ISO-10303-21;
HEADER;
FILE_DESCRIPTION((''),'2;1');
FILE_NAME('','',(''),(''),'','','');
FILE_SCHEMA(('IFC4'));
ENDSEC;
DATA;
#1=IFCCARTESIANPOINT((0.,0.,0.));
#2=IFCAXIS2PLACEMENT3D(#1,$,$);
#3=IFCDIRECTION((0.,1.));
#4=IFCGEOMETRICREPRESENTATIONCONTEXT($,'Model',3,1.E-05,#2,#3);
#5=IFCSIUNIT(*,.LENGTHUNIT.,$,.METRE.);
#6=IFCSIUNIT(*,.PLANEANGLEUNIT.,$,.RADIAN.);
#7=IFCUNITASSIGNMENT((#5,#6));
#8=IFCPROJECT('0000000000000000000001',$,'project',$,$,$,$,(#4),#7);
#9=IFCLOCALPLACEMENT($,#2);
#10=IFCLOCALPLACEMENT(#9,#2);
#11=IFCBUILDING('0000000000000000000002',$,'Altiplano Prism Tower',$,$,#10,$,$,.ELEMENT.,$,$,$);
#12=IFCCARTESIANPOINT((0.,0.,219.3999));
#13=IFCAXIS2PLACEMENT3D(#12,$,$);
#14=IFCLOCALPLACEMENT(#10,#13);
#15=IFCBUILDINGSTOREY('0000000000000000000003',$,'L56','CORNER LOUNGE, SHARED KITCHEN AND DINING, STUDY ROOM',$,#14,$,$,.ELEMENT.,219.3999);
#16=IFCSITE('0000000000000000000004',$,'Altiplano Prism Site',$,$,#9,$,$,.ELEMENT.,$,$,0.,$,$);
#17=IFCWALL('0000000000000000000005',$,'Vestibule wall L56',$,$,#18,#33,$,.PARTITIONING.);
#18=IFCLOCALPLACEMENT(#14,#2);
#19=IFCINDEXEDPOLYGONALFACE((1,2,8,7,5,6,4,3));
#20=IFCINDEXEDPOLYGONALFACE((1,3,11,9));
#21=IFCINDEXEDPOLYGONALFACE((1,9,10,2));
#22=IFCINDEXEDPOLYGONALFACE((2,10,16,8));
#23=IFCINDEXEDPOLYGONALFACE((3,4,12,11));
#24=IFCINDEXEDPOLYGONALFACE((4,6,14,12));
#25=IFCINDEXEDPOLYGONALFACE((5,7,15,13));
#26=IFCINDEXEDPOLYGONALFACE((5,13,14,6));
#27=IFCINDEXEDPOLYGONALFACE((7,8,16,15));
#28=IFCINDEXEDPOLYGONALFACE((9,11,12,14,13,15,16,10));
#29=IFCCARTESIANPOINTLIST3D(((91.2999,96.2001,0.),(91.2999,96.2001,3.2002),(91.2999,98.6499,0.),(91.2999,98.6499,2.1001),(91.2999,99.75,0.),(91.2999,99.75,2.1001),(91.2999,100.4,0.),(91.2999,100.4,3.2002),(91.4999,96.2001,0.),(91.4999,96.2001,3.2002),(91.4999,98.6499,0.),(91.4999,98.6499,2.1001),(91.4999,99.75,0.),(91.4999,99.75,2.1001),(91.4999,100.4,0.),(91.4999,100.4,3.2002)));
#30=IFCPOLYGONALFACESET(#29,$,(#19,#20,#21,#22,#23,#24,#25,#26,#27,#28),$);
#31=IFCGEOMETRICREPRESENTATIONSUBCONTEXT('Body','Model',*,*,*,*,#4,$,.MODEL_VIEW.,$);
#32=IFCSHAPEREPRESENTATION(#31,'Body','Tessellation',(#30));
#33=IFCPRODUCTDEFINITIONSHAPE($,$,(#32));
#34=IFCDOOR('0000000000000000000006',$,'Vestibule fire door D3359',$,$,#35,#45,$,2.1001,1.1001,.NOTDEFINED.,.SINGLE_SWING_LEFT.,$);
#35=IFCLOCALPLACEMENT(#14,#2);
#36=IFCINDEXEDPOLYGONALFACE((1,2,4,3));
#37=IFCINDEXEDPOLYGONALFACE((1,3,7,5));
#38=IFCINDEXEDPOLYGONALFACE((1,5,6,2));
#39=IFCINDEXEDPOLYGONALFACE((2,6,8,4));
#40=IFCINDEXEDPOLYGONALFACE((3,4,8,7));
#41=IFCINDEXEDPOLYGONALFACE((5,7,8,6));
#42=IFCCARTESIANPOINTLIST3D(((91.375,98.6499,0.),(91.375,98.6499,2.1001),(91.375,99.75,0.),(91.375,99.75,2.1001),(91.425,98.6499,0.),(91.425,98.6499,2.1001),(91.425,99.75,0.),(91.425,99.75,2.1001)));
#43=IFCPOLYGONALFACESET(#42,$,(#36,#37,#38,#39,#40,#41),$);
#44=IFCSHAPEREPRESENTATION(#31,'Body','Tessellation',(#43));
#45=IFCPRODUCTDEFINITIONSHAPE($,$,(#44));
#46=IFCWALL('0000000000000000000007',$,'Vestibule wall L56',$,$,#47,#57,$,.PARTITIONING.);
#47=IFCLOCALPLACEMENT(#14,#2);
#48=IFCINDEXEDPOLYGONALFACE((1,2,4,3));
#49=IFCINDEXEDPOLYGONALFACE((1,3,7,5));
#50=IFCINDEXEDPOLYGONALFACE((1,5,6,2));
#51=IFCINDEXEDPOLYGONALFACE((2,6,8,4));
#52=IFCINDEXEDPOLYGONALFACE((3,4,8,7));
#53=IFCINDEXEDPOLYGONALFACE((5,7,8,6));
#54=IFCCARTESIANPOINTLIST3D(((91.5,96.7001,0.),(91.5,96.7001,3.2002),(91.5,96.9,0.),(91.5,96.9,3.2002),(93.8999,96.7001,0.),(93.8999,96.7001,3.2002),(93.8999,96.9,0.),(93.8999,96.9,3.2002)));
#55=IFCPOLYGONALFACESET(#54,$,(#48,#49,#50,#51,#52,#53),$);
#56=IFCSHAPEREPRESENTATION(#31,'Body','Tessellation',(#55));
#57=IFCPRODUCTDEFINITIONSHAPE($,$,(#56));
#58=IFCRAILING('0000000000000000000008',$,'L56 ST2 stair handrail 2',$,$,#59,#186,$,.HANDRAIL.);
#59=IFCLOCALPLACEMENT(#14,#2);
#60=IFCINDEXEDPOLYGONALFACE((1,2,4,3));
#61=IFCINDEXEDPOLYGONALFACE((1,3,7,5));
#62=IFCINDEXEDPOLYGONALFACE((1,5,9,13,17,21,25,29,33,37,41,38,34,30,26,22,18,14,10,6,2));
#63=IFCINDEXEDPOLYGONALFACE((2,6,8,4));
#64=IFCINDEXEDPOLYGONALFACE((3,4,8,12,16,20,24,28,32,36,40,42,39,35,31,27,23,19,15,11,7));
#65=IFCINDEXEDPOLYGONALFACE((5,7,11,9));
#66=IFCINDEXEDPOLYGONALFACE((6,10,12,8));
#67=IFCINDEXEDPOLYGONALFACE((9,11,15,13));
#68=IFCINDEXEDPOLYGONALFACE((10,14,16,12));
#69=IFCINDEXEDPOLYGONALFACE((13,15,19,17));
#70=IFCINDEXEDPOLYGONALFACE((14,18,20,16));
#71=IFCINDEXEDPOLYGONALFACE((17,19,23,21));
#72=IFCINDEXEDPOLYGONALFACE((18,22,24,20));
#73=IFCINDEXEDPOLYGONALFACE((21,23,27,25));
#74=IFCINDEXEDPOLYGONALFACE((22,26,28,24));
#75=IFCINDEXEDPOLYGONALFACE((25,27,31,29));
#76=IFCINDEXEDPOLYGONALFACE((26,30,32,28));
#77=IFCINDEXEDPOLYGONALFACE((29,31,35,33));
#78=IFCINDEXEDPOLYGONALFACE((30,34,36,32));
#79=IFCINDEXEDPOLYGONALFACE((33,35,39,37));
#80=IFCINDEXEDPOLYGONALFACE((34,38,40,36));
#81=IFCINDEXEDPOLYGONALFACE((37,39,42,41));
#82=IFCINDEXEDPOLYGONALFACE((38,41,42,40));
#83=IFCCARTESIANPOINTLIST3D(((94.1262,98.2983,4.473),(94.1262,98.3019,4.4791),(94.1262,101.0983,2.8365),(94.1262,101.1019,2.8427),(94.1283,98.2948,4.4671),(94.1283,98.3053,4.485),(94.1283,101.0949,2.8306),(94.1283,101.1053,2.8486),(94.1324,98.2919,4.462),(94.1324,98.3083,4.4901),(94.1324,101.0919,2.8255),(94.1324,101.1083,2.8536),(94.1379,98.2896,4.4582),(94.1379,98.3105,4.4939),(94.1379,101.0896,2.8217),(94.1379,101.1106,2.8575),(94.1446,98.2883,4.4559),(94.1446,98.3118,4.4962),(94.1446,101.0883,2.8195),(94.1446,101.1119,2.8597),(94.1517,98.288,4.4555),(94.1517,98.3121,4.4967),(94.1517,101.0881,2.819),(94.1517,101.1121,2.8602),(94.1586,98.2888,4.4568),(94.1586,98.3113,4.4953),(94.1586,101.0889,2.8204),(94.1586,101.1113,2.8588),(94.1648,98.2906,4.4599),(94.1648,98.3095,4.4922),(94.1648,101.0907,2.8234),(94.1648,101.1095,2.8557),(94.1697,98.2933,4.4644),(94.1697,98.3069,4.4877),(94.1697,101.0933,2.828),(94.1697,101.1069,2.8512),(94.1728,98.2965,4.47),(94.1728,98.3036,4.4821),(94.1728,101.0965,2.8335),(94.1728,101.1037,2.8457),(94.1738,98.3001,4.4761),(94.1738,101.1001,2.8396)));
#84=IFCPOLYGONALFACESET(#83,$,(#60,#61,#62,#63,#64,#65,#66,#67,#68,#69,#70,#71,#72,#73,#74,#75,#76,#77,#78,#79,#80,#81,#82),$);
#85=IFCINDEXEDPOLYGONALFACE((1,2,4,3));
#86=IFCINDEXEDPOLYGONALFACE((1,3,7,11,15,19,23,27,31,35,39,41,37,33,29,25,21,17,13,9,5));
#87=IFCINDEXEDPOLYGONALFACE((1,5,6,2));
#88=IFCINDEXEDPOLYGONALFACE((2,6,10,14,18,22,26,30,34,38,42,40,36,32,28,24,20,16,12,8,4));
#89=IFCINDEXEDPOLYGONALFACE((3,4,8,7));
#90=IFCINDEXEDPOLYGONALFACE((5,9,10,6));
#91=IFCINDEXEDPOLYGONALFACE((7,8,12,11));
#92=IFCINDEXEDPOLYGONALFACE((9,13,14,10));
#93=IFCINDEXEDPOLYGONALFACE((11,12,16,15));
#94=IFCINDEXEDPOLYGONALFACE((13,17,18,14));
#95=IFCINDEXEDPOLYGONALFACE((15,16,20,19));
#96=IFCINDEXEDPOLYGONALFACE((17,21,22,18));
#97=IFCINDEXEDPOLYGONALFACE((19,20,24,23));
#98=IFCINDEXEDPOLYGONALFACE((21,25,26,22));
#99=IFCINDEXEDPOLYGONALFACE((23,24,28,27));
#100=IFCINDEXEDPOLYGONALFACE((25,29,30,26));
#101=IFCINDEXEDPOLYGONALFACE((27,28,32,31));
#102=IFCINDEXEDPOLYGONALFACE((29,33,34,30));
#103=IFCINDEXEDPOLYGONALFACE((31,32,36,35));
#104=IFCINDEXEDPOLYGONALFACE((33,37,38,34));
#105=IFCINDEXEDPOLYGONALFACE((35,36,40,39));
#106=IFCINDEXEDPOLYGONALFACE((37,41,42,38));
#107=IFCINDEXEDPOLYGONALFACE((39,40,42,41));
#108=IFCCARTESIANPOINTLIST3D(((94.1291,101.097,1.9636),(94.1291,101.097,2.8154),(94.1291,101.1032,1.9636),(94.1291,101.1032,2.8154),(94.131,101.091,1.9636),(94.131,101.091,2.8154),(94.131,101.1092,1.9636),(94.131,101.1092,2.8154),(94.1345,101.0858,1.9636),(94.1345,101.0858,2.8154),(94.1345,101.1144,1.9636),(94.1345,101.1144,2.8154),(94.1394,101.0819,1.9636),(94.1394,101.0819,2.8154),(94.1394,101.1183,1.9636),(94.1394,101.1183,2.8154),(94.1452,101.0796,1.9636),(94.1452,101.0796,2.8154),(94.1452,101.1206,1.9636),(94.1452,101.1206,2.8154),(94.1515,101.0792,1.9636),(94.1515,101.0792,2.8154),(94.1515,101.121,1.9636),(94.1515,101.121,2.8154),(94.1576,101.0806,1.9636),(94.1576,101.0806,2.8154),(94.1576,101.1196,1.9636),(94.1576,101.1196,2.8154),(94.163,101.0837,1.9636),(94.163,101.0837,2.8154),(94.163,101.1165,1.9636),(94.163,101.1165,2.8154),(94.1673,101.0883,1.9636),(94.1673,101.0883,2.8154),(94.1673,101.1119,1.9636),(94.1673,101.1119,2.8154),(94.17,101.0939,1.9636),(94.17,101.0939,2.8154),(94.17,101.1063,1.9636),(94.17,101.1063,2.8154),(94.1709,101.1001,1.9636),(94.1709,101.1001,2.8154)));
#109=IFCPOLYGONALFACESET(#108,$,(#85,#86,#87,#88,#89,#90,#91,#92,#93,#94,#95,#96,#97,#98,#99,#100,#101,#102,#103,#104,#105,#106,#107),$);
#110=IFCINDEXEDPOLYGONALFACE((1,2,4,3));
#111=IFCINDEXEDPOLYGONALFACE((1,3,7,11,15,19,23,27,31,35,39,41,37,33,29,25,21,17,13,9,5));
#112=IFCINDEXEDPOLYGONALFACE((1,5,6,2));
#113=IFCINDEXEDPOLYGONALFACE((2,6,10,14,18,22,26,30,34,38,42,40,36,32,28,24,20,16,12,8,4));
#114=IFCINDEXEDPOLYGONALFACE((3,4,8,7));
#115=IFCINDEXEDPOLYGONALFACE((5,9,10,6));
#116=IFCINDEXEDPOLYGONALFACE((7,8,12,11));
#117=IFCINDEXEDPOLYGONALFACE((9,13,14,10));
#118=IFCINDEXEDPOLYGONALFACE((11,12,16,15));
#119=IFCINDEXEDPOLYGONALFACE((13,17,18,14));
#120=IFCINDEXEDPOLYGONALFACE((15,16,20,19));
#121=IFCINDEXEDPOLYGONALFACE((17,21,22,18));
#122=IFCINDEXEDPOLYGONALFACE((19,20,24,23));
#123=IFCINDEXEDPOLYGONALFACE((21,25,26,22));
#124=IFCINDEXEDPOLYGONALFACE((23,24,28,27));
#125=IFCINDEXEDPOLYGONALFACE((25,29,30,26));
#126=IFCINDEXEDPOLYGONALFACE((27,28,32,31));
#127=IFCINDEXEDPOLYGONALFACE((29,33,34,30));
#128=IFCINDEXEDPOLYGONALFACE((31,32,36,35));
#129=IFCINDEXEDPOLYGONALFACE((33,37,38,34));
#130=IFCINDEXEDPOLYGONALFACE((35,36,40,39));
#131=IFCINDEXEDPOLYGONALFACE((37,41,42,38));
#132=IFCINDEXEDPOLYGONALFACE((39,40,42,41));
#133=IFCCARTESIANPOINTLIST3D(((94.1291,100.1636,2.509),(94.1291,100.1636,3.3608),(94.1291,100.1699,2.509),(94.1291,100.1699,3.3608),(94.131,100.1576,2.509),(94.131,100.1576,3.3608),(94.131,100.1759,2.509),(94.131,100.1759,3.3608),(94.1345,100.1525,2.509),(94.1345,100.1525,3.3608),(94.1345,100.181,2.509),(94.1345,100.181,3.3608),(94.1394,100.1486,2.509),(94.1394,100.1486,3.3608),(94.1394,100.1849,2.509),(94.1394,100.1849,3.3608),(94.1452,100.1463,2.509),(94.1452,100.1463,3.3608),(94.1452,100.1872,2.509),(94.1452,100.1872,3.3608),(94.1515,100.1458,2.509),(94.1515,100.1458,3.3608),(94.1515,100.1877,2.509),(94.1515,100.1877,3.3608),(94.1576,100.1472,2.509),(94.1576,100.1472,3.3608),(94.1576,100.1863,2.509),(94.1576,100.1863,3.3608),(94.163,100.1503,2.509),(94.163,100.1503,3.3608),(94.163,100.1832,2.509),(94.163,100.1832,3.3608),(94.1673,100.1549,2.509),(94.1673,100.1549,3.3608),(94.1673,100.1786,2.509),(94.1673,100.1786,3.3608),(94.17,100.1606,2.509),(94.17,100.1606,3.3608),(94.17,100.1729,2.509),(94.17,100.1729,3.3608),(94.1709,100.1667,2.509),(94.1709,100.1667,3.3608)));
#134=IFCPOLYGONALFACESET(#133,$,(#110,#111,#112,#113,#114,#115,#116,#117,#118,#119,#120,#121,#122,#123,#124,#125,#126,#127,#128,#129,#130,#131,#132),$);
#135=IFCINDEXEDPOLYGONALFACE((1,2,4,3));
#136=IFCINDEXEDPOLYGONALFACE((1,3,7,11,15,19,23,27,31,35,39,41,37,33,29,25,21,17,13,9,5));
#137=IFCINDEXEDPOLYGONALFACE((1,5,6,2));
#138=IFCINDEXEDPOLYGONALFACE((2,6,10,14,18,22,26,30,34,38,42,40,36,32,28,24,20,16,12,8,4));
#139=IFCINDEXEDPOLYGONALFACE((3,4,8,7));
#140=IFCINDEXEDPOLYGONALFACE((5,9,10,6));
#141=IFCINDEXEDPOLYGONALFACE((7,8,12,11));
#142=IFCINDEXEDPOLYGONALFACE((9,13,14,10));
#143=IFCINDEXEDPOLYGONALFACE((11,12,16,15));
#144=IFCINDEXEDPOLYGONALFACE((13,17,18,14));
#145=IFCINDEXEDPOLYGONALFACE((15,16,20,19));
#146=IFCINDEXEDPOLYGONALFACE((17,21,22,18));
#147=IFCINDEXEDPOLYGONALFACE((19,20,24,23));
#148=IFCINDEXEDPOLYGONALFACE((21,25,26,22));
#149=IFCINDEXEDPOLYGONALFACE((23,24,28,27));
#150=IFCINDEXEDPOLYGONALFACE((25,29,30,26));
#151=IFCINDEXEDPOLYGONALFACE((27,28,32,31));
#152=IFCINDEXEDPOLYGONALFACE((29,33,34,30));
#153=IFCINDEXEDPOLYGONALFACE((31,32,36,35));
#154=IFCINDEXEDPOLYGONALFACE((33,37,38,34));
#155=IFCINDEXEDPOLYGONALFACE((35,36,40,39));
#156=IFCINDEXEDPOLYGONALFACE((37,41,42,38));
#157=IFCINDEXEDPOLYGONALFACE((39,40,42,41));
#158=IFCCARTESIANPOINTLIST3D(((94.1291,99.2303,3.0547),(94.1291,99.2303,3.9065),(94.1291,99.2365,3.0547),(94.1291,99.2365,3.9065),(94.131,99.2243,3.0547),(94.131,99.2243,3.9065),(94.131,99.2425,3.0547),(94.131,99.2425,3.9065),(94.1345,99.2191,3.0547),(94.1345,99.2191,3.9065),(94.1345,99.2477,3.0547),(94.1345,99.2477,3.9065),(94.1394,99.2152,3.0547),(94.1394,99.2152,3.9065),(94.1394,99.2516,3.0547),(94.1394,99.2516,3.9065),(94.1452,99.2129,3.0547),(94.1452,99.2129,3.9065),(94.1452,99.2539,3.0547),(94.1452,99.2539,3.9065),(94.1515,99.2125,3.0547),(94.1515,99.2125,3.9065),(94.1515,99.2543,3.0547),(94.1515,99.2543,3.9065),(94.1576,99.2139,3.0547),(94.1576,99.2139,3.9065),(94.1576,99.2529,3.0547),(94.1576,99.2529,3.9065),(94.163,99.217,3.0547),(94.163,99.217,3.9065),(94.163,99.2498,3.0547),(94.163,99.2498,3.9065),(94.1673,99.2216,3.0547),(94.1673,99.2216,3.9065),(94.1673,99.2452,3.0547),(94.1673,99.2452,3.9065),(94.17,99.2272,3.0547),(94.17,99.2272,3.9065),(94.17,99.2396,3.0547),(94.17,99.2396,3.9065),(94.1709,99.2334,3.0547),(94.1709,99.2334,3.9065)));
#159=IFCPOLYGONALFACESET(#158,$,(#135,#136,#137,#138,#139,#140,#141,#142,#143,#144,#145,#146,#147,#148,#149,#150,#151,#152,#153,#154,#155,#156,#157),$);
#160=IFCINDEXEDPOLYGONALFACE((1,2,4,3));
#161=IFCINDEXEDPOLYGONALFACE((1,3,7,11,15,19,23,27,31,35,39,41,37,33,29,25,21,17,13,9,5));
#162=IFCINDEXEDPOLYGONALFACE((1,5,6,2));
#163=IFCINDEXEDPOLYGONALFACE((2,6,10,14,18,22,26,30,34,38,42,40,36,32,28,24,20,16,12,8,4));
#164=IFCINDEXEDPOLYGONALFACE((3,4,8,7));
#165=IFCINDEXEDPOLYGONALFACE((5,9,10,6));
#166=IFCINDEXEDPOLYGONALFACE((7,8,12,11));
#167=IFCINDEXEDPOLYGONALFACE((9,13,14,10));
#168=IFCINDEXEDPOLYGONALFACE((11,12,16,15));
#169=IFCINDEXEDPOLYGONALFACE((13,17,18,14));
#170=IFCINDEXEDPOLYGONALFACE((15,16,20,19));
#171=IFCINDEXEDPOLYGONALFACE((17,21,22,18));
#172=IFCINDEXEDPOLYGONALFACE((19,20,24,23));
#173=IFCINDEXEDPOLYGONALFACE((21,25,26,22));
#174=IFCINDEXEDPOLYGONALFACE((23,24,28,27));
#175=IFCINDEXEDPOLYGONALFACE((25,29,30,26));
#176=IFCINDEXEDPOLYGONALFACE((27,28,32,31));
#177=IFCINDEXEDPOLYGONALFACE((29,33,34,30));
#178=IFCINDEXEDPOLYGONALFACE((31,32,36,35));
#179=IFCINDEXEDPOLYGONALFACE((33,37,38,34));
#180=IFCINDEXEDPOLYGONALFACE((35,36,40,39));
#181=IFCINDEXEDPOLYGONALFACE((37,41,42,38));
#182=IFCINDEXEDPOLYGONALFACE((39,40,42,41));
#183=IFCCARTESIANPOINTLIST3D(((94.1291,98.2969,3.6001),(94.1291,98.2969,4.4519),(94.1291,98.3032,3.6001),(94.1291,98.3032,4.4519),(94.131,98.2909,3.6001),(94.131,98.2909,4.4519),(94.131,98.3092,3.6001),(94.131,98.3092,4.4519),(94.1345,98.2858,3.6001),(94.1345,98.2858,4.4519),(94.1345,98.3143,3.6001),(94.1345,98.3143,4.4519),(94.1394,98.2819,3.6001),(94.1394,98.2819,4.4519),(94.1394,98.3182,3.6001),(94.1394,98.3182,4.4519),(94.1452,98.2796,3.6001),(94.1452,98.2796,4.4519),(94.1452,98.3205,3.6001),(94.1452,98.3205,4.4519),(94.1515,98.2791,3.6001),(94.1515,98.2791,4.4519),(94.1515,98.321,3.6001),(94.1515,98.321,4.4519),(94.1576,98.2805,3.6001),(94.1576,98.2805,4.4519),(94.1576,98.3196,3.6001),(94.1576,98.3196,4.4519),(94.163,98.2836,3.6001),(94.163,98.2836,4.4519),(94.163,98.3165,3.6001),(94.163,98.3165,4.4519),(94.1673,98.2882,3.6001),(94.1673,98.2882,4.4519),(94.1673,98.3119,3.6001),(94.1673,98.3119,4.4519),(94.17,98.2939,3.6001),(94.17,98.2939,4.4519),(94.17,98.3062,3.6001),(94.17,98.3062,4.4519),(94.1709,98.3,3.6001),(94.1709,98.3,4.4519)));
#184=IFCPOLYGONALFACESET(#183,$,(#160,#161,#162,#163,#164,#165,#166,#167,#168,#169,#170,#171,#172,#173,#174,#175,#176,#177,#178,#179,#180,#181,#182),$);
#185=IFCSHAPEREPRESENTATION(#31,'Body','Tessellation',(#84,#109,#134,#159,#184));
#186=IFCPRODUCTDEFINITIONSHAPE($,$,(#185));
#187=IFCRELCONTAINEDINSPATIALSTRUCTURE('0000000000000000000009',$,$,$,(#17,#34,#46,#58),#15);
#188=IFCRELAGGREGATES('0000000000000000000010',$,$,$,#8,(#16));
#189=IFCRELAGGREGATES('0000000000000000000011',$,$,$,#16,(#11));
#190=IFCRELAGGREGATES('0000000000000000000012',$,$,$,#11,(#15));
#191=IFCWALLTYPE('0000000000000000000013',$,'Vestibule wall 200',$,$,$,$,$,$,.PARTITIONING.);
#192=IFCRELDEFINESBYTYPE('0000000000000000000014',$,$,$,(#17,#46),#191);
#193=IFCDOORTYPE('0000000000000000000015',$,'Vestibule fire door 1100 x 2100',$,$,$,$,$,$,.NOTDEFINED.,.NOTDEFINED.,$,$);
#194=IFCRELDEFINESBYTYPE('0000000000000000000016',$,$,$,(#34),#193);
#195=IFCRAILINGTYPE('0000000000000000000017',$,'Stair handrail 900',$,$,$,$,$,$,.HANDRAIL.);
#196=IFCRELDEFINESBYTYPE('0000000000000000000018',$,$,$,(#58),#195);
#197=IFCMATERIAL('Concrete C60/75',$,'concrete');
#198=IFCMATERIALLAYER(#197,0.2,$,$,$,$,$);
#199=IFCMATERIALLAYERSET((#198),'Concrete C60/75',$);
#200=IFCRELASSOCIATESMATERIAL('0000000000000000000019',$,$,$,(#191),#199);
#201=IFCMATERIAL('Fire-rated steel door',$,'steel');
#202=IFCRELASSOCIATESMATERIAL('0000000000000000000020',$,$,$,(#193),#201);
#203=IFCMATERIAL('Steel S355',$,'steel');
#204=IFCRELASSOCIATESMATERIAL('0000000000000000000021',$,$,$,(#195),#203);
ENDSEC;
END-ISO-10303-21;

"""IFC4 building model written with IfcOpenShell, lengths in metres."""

from ifc_helpers import new_model, si_unit, direction, frame, frame_2d, origin, origin_2d, place, context, subcontext, project, spatial, rectangle, circle, extrude, material, layer, layer_set, type_object, element, fill, save


model = new_model("IFC4")

# Units and contexts
model_context = context("Model", 3, precision=1e-05, world=origin(), true_north=direction((0.0, 1.0)))
body_context = subcontext(model_context, "Body", "Model", "MODEL_VIEW")
ifc_project = project(units=[si_unit("LENGTHUNIT", "METRE"), si_unit("PLANEANGLEUNIT", "RADIAN")], contexts=[model_context])

# Site, building, storey
site_placement = place(None, origin())
site = spatial("IfcSite", under=ifc_project, at=site_placement, Name="Altiplano Prism Site", CompositionType="ELEMENT", RefElevation=0.0)
building_placement = place(site_placement, origin())
building = spatial("IfcBuilding", under=site, at=building_placement, Name="Altiplano Prism Tower", CompositionType="ELEMENT")
storey_placement = place(building_placement, frame((0.0, 0.0, 219.3999)))
storey = spatial("IfcBuildingStorey", under=building, at=storey_placement, Name="L56", Description="CORNER LOUNGE, SHARED KITCHEN AND DINING, STUDY ROOM", CompositionType="ELEMENT", Elevation=219.3999)

# Shared definitions
ifc_material_1 = material(Name="Steel S355", Category="steel")

# Shared definitions
ifc_material_2 = material(Name="Concrete C60/75", Category="concrete")

# Shared definitions
ifc_material_3 = material(Name="Fire-rated steel door", Category="steel")

# Wall, opening, door
ifc_layer_1 = layer(ifc_material_2, 0.2)
ifc_layer_set_1 = layer_set([ifc_layer_1], Name="Concrete C60/75")
wall_type_1 = type_object("IfcWallType", Name="Vestibule wall 200", PredefinedType="PARTITIONING", material=ifc_layer_set_1)
wall_1_placement = place(storey_placement, frame((91.3999, 96.2, 0.0), z_axis=(0.0, 0.0, 1.0), x_axis=(0.0, 1.0, 0.0)))
wall_1 = element("IfcWall", 1, at=wall_1_placement, inside=storey, type_object=wall_type_1, Name="Vestibule wall L56", PredefinedType="PARTITIONING", context=body_context, shape_type="SweptSolid", body=[
    extrude(rectangle(XDim=4.2, YDim=0.2, at=frame_2d((2.1001, 0.0))), origin(), (0.0, 0.0, 1.0), 3.2002),
])
opening_1_placement = place(wall_1_placement, frame((2.45, 0.0, 0.0)))
opening_1 = element("IfcOpeningElement", 2, at=opening_1_placement, cuts=wall_1, PredefinedType="OPENING", context=body_context, shape_type="SweptSolid", body=[
    extrude(rectangle(XDim=1.1001, YDim=2.1001, at=frame_2d((0.55, 1.05))), frame((0.0, 0.1104, 0.0), z_axis=(0.0, -1.0, 0.0), x_axis=(1.0, 0.0, 0.0)), (0.0, 0.0, 1.0), 0.2209),
])
door_type_1 = type_object("IfcDoorType", Name="Vestibule fire door 1100 x 2100", OperationType="NOTDEFINED", PredefinedType="NOTDEFINED", material=ifc_material_3)
door_1_placement = place(opening_1_placement, origin())
door_1 = element("IfcDoor", 3, at=door_1_placement, inside=storey, type_object=door_type_1, Name="Vestibule fire door D3359", OperationType="SINGLE_SWING_LEFT", OverallHeight=2.1001, OverallWidth=1.1001, PredefinedType="NOTDEFINED", context=body_context, shape_type="SweptSolid", body=[
    extrude(rectangle(XDim=1.1001, YDim=2.1001, at=frame_2d((0.55, 1.05))), frame((0.0, 0.0249, 0.0), z_axis=(0.0, -1.0, 0.0), x_axis=(1.0, 0.0, 0.0)), (0.0, 0.0, 1.0), 0.05),
])
fill(opening_1, door_1)

# Wall
wall_2_placement = place(storey_placement, frame((91.5, 96.8, 0.0), z_axis=(0.0, 0.0, 1.0), x_axis=(1.0, 0.0, 0.0)))
element("IfcWall", 4, at=wall_2_placement, inside=storey, type_object=wall_type_1, Name="Vestibule wall L56", PredefinedType="PARTITIONING", context=body_context, shape_type="SweptSolid", body=[
    extrude(rectangle(XDim=2.3999, YDim=0.2, at=frame_2d((1.2, 0.0))), origin(), (0.0, 0.0, 1.0), 3.2002),
])

# Railing
railing_type = type_object("IfcRailingType", Name="Stair handrail 900", PredefinedType="HANDRAIL", material=ifc_material_1)
railing_1_placement = place(storey_placement, frame((94.1499, 101.1001, 1.9636)))
element("IfcRailing", 5, at=railing_1_placement, inside=storey, type_object=railing_type, Name="L56 ST2 stair handrail 2", PredefinedType="HANDRAIL", context=body_context, shape_type="SweptSolid", body=[
    extrude(circle(Radius=0.0239, at=origin_2d()), frame((0.0, 0.0, 0.876), z_axis=(0.0, -0.863361, 0.504587), x_axis=(1.0, 0.0, 0.0)), (0.0, 0.0, 1.0), 3.2432),
    extrude(circle(Radius=0.021, at=origin_2d()), origin(), (0.0, 0.0, 1.0), 0.8518),
    extrude(circle(Radius=0.021, at=origin_2d()), frame((0.0, -0.9333, 0.5454)), (0.0, 0.0, 1.0), 0.8518),
    extrude(circle(Radius=0.021, at=origin_2d()), frame((0.0, -1.8667, 1.0911)), (0.0, 0.0, 1.0), 0.8518),
    extrude(circle(Radius=0.021, at=origin_2d()), frame((0.0, -2.8, 1.6365)), (0.0, 0.0, 1.0), 0.8518),
])

save(model, "model.ifc")
